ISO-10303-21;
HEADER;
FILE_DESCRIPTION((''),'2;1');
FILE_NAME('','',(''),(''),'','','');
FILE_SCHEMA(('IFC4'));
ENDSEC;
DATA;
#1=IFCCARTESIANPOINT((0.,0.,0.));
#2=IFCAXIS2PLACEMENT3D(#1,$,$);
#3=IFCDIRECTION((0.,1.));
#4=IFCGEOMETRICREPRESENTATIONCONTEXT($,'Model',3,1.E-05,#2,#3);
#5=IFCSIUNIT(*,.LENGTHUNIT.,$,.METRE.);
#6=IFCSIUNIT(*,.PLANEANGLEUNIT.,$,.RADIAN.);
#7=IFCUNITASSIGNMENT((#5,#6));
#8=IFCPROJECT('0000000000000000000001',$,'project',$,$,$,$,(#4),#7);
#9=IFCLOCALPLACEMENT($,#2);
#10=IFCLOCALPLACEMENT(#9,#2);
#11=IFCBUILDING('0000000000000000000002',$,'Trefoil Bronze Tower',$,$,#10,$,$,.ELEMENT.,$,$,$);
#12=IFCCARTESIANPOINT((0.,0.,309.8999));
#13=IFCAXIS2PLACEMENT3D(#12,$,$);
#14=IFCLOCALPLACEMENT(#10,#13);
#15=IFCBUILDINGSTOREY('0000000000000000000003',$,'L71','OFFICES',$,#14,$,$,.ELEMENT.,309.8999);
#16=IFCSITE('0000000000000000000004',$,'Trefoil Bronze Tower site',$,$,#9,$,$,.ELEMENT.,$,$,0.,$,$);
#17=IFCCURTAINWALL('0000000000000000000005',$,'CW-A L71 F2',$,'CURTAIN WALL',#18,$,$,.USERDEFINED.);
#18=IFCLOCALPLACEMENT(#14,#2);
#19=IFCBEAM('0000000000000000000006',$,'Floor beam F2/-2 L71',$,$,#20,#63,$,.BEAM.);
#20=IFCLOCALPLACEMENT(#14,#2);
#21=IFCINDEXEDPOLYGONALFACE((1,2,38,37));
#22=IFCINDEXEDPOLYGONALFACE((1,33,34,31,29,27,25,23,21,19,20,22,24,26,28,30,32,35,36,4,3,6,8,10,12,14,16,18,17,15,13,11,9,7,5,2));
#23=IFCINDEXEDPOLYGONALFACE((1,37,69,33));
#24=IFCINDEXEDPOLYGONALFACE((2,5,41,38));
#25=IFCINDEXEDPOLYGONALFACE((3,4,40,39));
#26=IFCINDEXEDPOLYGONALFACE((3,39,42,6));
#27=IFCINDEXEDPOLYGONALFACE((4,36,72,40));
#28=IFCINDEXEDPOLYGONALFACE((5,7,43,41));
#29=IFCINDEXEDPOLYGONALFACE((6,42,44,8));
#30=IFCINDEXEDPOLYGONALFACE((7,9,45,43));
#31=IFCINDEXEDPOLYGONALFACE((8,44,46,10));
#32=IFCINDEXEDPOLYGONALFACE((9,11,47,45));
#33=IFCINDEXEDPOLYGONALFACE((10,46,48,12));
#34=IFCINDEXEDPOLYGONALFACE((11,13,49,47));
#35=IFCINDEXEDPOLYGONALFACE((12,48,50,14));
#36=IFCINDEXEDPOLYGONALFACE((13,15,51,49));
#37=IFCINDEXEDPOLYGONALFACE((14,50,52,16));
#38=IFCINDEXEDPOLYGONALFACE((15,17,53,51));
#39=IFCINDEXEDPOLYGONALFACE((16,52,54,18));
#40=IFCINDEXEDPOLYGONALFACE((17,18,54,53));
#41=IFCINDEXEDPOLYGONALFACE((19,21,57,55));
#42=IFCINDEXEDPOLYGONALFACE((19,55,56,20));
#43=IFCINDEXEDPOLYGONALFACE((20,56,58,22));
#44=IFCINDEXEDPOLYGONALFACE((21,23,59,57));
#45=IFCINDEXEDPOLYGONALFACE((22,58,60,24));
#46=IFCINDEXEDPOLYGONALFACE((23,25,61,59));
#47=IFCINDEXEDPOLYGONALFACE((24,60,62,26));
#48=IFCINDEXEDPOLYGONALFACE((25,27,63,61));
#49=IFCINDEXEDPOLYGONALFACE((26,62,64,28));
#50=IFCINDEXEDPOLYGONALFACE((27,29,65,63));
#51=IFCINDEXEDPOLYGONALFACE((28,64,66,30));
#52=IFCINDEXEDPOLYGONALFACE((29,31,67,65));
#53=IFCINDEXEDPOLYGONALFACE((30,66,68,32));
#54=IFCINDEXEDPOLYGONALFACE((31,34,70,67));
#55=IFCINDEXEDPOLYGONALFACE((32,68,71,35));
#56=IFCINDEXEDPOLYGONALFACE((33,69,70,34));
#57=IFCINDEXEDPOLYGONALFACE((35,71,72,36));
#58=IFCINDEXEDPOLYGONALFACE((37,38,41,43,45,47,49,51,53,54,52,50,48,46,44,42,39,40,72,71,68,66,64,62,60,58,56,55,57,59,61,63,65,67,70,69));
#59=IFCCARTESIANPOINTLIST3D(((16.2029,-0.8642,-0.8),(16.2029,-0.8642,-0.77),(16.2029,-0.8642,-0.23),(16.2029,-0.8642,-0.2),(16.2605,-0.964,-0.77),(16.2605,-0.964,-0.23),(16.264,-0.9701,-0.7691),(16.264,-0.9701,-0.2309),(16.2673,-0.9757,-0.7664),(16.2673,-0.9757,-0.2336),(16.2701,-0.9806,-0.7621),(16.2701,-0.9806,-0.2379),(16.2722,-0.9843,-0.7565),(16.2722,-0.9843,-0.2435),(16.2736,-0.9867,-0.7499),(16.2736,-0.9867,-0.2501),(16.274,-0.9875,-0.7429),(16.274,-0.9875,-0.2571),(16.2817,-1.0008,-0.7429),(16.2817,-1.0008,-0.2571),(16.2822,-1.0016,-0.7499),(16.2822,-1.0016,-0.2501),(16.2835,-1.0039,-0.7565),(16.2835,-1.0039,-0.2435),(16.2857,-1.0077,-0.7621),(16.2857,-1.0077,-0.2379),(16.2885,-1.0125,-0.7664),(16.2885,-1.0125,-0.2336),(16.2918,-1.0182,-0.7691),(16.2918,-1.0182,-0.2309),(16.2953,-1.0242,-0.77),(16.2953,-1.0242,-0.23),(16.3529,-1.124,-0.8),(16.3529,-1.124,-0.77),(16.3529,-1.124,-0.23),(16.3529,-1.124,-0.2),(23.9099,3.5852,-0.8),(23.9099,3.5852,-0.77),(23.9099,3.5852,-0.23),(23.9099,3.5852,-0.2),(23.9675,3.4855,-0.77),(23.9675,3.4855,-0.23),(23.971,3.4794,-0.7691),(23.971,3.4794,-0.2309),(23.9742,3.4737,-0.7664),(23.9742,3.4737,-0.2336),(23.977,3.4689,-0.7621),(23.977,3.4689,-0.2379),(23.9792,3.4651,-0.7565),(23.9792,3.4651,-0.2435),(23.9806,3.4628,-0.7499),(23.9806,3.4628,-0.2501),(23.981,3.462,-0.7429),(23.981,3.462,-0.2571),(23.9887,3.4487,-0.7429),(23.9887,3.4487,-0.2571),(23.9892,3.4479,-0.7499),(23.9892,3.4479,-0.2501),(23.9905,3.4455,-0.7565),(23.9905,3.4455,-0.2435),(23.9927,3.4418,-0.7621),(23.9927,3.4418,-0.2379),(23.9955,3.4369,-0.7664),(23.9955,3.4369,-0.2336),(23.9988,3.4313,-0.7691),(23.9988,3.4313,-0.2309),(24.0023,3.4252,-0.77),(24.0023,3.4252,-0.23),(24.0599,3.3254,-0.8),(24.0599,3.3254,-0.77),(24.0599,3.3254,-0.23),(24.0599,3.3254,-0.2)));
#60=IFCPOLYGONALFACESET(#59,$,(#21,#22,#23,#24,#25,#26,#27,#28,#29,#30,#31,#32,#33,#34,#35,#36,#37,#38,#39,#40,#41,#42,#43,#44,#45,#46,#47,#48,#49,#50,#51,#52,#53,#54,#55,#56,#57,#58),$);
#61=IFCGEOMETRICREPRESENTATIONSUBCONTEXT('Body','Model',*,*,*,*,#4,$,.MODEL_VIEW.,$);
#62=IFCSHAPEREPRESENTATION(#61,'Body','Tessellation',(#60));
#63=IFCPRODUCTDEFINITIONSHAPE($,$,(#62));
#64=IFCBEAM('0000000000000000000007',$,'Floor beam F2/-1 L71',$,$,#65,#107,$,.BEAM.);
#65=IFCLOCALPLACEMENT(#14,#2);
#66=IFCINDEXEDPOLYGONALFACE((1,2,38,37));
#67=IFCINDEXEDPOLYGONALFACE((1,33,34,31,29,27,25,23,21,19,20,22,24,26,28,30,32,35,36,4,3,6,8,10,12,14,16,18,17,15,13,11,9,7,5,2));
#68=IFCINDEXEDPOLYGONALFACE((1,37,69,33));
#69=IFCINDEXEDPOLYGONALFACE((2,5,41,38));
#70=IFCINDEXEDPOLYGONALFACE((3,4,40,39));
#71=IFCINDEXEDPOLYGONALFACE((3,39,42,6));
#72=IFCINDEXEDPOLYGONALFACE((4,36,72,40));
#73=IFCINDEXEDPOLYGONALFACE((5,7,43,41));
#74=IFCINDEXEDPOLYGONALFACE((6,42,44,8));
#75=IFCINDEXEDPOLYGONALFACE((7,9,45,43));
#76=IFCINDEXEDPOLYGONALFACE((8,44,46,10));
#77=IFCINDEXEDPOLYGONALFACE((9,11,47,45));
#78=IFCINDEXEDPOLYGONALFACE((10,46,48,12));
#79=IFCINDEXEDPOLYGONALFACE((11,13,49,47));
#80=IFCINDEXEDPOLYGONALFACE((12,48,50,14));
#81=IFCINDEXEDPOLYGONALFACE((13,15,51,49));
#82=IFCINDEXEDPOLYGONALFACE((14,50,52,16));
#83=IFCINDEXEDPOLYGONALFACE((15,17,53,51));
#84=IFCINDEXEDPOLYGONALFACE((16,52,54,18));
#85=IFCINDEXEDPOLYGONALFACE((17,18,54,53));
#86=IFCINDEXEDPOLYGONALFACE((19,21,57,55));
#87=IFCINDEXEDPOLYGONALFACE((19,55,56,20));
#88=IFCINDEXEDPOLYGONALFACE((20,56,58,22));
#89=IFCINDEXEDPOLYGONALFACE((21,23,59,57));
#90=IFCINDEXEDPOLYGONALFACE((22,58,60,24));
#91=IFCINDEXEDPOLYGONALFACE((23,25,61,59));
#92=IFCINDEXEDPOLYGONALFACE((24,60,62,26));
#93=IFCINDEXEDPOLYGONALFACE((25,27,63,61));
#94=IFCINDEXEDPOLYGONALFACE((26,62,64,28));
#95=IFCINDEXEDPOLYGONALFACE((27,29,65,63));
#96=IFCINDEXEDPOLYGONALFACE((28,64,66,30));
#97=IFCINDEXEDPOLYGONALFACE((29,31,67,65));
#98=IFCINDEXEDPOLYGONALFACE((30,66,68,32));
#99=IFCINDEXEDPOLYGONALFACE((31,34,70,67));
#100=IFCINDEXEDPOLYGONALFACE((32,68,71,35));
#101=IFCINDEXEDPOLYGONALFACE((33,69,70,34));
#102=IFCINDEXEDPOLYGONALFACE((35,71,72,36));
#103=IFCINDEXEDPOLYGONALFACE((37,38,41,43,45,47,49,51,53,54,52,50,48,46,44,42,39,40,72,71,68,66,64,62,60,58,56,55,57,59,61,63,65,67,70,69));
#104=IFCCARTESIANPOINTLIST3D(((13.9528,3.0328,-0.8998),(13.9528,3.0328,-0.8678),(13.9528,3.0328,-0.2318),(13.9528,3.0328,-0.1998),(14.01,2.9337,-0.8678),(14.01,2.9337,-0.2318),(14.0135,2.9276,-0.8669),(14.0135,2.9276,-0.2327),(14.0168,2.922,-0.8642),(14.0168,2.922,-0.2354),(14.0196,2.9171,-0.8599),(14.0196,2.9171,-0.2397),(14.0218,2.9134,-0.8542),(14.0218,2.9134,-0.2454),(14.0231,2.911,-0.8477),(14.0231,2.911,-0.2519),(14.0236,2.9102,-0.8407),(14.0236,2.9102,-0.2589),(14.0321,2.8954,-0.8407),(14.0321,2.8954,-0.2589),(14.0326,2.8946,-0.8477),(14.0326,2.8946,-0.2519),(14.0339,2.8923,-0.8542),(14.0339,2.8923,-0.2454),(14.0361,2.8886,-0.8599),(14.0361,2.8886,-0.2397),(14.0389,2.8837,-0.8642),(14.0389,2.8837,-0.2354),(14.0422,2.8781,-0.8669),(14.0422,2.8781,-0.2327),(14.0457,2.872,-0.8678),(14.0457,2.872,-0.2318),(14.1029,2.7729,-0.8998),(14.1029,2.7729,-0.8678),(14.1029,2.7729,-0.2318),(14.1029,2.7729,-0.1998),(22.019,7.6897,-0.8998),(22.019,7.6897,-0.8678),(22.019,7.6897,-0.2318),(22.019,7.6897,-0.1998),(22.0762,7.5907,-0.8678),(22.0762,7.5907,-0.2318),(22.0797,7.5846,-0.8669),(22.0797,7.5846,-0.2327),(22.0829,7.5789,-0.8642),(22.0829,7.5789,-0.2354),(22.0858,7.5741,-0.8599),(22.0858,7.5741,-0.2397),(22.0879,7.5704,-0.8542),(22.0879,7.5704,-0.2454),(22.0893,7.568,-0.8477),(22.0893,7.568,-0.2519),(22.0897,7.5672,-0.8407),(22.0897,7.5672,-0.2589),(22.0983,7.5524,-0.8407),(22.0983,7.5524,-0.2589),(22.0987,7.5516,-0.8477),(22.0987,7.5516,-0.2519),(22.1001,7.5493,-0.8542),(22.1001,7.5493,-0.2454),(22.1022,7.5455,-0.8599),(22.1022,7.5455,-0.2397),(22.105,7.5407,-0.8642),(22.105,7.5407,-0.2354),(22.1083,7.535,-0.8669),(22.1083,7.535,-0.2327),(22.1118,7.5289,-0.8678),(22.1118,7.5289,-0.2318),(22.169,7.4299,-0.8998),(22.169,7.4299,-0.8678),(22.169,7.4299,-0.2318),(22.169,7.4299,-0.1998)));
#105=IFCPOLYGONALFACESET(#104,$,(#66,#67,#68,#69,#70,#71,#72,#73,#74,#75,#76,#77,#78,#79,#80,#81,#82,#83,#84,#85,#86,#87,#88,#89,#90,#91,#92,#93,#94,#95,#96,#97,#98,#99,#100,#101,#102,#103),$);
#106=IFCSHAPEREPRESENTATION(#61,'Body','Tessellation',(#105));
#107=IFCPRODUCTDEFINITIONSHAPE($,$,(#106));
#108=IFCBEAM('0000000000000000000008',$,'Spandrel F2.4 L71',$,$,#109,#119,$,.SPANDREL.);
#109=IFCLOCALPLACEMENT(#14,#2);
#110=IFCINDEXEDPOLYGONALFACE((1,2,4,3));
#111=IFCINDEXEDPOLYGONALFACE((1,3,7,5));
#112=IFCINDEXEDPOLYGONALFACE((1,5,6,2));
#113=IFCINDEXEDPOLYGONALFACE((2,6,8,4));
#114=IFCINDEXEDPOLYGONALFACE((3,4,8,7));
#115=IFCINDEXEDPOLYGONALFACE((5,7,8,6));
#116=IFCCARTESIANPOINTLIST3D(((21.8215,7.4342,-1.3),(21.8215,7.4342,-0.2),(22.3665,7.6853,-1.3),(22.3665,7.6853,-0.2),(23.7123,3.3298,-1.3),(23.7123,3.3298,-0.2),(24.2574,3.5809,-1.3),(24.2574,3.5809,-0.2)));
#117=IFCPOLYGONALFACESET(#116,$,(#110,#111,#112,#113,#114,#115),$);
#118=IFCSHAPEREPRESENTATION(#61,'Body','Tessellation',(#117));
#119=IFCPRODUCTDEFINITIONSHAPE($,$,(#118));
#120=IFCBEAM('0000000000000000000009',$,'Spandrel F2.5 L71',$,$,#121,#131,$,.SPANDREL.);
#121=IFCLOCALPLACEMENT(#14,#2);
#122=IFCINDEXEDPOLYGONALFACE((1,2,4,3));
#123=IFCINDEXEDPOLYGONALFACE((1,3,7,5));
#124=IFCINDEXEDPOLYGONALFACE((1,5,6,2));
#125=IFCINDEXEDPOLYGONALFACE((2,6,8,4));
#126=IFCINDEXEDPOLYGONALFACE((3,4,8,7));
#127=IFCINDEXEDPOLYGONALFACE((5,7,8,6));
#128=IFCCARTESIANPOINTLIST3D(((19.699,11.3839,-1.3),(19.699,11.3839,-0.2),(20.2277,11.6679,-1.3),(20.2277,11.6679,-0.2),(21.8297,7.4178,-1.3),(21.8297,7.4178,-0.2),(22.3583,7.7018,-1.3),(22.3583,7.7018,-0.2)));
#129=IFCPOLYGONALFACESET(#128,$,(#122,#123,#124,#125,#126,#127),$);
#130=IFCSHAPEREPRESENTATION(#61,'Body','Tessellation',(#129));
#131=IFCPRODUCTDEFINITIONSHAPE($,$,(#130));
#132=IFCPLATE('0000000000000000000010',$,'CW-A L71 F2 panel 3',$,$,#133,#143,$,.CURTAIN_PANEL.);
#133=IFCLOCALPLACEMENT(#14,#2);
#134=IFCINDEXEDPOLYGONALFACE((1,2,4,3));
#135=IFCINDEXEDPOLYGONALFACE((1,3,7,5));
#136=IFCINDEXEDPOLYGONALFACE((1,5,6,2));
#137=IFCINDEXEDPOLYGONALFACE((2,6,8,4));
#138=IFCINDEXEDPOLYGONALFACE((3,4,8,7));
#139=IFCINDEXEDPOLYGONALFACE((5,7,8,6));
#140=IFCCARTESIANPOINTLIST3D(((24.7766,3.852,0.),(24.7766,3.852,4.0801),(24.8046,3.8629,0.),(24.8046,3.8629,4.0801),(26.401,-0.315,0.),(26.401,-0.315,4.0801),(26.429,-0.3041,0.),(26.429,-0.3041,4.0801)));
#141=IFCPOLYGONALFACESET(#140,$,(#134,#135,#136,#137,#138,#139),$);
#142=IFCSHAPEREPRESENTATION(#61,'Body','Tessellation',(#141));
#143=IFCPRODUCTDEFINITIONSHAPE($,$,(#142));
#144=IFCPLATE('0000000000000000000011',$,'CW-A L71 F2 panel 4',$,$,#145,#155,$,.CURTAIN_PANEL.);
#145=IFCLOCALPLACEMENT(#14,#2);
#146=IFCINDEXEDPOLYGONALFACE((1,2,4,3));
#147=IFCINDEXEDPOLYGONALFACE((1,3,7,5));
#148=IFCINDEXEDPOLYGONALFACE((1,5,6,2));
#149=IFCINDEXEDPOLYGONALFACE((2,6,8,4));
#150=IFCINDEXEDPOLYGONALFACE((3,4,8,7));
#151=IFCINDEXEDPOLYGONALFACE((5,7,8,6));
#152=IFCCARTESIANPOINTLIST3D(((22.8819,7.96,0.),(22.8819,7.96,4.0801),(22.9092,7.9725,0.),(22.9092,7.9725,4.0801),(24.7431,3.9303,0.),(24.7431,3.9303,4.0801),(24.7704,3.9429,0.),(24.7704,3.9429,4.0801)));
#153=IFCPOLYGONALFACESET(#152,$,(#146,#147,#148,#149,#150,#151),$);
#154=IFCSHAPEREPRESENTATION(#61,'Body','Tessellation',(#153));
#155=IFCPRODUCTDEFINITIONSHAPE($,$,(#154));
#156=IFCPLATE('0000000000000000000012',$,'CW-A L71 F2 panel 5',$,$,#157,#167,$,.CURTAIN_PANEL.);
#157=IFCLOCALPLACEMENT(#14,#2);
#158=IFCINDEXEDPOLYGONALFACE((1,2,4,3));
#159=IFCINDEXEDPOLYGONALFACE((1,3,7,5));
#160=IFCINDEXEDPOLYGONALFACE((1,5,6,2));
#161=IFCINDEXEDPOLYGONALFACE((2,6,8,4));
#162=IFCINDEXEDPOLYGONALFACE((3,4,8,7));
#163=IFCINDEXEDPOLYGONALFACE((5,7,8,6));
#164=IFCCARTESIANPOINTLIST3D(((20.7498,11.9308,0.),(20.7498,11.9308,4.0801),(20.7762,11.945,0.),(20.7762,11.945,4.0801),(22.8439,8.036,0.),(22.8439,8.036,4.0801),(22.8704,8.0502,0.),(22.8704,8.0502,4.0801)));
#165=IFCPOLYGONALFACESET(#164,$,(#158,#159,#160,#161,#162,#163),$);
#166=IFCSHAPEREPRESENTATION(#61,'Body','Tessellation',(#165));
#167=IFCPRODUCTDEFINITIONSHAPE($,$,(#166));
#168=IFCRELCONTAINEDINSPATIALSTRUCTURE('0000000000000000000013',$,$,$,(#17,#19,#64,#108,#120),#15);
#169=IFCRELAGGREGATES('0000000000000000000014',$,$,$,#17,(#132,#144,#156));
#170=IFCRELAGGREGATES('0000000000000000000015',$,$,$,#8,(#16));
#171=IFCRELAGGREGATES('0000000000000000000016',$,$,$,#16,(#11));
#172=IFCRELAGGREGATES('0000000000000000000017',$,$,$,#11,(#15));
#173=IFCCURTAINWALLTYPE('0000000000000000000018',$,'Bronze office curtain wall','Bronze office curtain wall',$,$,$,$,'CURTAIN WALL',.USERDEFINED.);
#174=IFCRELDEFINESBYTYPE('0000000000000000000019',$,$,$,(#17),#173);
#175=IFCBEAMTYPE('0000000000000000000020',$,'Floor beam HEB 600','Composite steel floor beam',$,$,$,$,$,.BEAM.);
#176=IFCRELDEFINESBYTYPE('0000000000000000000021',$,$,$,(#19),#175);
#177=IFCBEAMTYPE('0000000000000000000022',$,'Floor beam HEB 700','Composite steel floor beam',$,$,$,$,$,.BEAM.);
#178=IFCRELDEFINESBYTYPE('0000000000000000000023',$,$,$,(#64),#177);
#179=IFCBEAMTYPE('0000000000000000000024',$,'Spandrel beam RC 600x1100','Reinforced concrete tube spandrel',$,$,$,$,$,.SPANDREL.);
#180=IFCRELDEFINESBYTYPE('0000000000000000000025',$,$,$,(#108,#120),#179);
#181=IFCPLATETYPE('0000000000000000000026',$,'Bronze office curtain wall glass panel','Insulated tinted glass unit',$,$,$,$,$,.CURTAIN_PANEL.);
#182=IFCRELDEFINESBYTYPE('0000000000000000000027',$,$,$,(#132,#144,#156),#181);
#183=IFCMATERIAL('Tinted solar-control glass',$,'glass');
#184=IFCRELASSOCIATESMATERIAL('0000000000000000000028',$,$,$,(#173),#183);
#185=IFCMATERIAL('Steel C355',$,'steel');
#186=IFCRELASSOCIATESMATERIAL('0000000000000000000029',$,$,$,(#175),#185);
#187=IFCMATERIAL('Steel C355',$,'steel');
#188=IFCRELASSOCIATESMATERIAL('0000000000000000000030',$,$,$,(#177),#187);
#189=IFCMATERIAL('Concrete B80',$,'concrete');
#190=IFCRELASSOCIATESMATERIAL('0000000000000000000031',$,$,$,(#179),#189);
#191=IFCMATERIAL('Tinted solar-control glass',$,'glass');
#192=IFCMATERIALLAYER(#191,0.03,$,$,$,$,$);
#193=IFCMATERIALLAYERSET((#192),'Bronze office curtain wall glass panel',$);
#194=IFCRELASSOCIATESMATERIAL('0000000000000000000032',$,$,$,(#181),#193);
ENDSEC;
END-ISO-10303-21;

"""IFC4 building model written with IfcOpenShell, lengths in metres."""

from ifc_helpers import new_model, si_unit, direction, frame, origin, origin_2d, place, context, subcontext, project, spatial, rectangle, i_section, extrude, material, layer, layer_set, material_profile, profile_set, type_object, element, aggregate, save


model = new_model("IFC4")

# Units and contexts
model_context = context("Model", 3, precision=1e-05, world=origin(), true_north=direction((0.0, 1.0)))
body_context = subcontext(model_context, "Body", "Model", "MODEL_VIEW")
ifc_project = project(units=[si_unit("LENGTHUNIT", "METRE"), si_unit("PLANEANGLEUNIT", "RADIAN")], contexts=[model_context])

# Site, building, storey
site_placement = place(None, origin())
site = spatial("IfcSite", under=ifc_project, at=site_placement, Name="Trefoil Bronze Tower site", CompositionType="ELEMENT", RefElevation=0.0)
building_placement = place(site_placement, origin())
building = spatial("IfcBuilding", under=site, at=building_placement, Name="Trefoil Bronze Tower", CompositionType="ELEMENT")
storey_placement = place(building_placement, frame((0.0, 0.0, 309.8999)))
storey = spatial("IfcBuildingStorey", under=building, at=storey_placement, Name="L71", Description="OFFICES", CompositionType="ELEMENT", Elevation=309.8999)

# Curtain wall
ifc_material_1 = material(Name="Tinted solar-control glass", Category="glass")
curtain_wall_type = type_object("IfcCurtainWallType", Name="Bronze office curtain wall", Description="Bronze office curtain wall", ElementType="CURTAIN WALL", PredefinedType="USERDEFINED", material=ifc_material_1)
curtain_wall_placement = place(storey_placement, origin())
curtain_wall = element("IfcCurtainWall", 1, at=curtain_wall_placement, inside=storey, type_object=curtain_wall_type, Name="CW-A L71 F2", ObjectType="CURTAIN WALL", PredefinedType="USERDEFINED")

# Beams
ifc_material_2 = material(Name="Steel C355", Category="steel")
ifc_material_profile_1 = material_profile(ifc_material_2, i_section(OverallWidth=0.3, OverallDepth=0.6001, WebThickness=0.0154, FlangeThickness=0.03, FilletRadius=0.0271, at=origin_2d()), Name="HEB 600")
ifc_profile_set_1 = profile_set([ifc_material_profile_1], Name="Steel C355")
beam_type_1 = type_object("IfcBeamType", Name="Floor beam HEB 600", Description="Composite steel floor beam", PredefinedType="BEAM", material=ifc_profile_set_1)
beam_1_placement = place(storey_placement, frame((23.9849, 3.4553, -0.5), z_axis=(-0.866035, -0.499984, 0.0), x_axis=(0.499984, -0.866035, 0.0)))
element("IfcBeam", 2, at=beam_1_placement, inside=storey, type_object=beam_type_1, Name="Floor beam F2/-2 L71", PredefinedType="BEAM", context=body_context, shape_type="SweptSolid", body=[
    extrude(i_section(OverallWidth=0.3, OverallDepth=0.6001, WebThickness=0.0154, FlangeThickness=0.03, FilletRadius=0.0271, at=origin_2d()), origin(), (0.0, 0.0, 1.0), 8.8992),
])
ifc_material_3 = material(Name="Steel C355", Category="steel")
ifc_material_profile_2 = material_profile(ifc_material_3, i_section(OverallWidth=0.3, OverallDepth=0.7, WebThickness=0.0171, FlangeThickness=0.032, FilletRadius=0.0271, at=origin_2d()), Name="HEB 700")
ifc_profile_set_2 = profile_set([ifc_material_profile_2], Name="Steel C355")
beam_type_2 = type_object("IfcBeamType", Name="Floor beam HEB 700", Description="Composite steel floor beam", PredefinedType="BEAM", material=ifc_profile_set_2)
beam_2_placement = place(storey_placement, frame((22.094, 7.5598, -0.5498), z_axis=(-0.866026, -0.499999, 0.0), x_axis=(0.499999, -0.866026, 0.0)))
element("IfcBeam", 3, at=beam_2_placement, inside=storey, type_object=beam_type_2, Name="Floor beam F2/-1 L71", PredefinedType="BEAM", context=body_context, shape_type="SweptSolid", body=[
    extrude(i_section(OverallWidth=0.3, OverallDepth=0.7, WebThickness=0.0171, FlangeThickness=0.032, FilletRadius=0.0271, at=origin_2d()), origin(), (0.0, 0.0, 1.0), 9.314),
])
ifc_material_4 = material(Name="Concrete B80", Category="concrete")
ifc_material_profile_3 = material_profile(ifc_material_4, rectangle(XDim=0.6001, YDim=1.1001, at=origin_2d()), Name="RC 600x1100")
ifc_profile_set_3 = profile_set([ifc_material_profile_3], Name="Concrete B80")
beam_type_3 = type_object("IfcBeamType", Name="Spandrel beam RC 600x1100", Description="Reinforced concrete tube spandrel", PredefinedType="SPANDREL", material=ifc_profile_set_3)
beam_3_placement = place(storey_placement, frame((23.9849, 3.4553, -0.75), z_axis=(-0.418417, 0.908255, 0.0), x_axis=(-0.908255, -0.418417, 0.0)))
element("IfcBeam", 4, at=beam_3_placement, inside=storey, type_object=beam_type_3, Name="Spandrel F2.4 L71", PredefinedType="SPANDREL", context=body_context, shape_type="SweptSolid", body=[
    extrude(rectangle(XDim=0.6001, YDim=1.1001, at=origin_2d()), origin(), (0.0, 0.0, 1.0), 4.519),
])
beam_4_placement = place(storey_placement, frame((22.094, 7.5598, -0.75), z_axis=(-0.473246, 0.88093, 0.0), x_axis=(-0.88093, -0.473246, 0.0)))
element("IfcBeam", 5, at=beam_4_placement, inside=storey, type_object=beam_type_3, Name="Spandrel F2.5 L71", PredefinedType="SPANDREL", context=body_context, shape_type="SweptSolid", body=[
    extrude(rectangle(XDim=0.6001, YDim=1.1001, at=origin_2d()), origin(), (0.0, 0.0, 1.0), 4.5022),
])

# Plates
ifc_material_5 = material(Name="Tinted solar-control glass", Category="glass")
ifc_layer_1 = layer(ifc_material_5, 0.03)
ifc_layer_set_1 = layer_set([ifc_layer_1], Name="Bronze office curtain wall glass panel")
plate_type = type_object("IfcPlateType", Name="Bronze office curtain wall glass panel", Description="Insulated tinted glass unit", PredefinedType="CURTAIN_PANEL", material=ifc_layer_set_1)
plate_1_placement = place(storey_placement, frame((25.6028, 1.7739, 0.0), z_axis=(0.0, 0.0, 1.0), x_axis=(-0.363199, 0.931712, 0.0)))
plate_1 = element("IfcPlate", 6, at=plate_1_placement, type_object=plate_type, Name="CW-A L71 F2 panel 3", PredefinedType="CURTAIN_PANEL", context=body_context, shape_type="SweptSolid", body=[
    extrude(rectangle(XDim=4.4724, YDim=0.03, at=origin_2d()), origin(), (0.0, 0.0, 1.0), 4.0801),
])
plate_2_placement = place(storey_placement, frame((23.8262, 5.9514, 0.0), z_axis=(0.0, 0.0, 1.0), x_axis=(-0.419309, 0.907844, 0.0)))
plate_2 = element("IfcPlate", 7, at=plate_2_placement, type_object=plate_type, Name="CW-A L71 F2 panel 4", PredefinedType="CURTAIN_PANEL", context=body_context, shape_type="SweptSolid", body=[
    extrude(rectangle(XDim=4.4387, YDim=0.03, at=origin_2d()), origin(), (0.0, 0.0, 1.0), 4.0801),
])
plate_3_placement = place(storey_placement, frame((21.8101, 9.9905, 0.0), z_axis=(0.0, 0.0, 1.0), x_axis=(-0.473562, 0.88076, 0.0)))
plate_3 = element("IfcPlate", 8, at=plate_3_placement, type_object=plate_type, Name="CW-A L71 F2 panel 5", PredefinedType="CURTAIN_PANEL", context=body_context, shape_type="SweptSolid", body=[
    extrude(rectangle(XDim=4.4221, YDim=0.03, at=origin_2d()), origin(), (0.0, 0.0, 1.0), 4.0801),
])
aggregate(curtain_wall, [plate_1, plate_2, plate_3])

save(model, "model.ifc")
